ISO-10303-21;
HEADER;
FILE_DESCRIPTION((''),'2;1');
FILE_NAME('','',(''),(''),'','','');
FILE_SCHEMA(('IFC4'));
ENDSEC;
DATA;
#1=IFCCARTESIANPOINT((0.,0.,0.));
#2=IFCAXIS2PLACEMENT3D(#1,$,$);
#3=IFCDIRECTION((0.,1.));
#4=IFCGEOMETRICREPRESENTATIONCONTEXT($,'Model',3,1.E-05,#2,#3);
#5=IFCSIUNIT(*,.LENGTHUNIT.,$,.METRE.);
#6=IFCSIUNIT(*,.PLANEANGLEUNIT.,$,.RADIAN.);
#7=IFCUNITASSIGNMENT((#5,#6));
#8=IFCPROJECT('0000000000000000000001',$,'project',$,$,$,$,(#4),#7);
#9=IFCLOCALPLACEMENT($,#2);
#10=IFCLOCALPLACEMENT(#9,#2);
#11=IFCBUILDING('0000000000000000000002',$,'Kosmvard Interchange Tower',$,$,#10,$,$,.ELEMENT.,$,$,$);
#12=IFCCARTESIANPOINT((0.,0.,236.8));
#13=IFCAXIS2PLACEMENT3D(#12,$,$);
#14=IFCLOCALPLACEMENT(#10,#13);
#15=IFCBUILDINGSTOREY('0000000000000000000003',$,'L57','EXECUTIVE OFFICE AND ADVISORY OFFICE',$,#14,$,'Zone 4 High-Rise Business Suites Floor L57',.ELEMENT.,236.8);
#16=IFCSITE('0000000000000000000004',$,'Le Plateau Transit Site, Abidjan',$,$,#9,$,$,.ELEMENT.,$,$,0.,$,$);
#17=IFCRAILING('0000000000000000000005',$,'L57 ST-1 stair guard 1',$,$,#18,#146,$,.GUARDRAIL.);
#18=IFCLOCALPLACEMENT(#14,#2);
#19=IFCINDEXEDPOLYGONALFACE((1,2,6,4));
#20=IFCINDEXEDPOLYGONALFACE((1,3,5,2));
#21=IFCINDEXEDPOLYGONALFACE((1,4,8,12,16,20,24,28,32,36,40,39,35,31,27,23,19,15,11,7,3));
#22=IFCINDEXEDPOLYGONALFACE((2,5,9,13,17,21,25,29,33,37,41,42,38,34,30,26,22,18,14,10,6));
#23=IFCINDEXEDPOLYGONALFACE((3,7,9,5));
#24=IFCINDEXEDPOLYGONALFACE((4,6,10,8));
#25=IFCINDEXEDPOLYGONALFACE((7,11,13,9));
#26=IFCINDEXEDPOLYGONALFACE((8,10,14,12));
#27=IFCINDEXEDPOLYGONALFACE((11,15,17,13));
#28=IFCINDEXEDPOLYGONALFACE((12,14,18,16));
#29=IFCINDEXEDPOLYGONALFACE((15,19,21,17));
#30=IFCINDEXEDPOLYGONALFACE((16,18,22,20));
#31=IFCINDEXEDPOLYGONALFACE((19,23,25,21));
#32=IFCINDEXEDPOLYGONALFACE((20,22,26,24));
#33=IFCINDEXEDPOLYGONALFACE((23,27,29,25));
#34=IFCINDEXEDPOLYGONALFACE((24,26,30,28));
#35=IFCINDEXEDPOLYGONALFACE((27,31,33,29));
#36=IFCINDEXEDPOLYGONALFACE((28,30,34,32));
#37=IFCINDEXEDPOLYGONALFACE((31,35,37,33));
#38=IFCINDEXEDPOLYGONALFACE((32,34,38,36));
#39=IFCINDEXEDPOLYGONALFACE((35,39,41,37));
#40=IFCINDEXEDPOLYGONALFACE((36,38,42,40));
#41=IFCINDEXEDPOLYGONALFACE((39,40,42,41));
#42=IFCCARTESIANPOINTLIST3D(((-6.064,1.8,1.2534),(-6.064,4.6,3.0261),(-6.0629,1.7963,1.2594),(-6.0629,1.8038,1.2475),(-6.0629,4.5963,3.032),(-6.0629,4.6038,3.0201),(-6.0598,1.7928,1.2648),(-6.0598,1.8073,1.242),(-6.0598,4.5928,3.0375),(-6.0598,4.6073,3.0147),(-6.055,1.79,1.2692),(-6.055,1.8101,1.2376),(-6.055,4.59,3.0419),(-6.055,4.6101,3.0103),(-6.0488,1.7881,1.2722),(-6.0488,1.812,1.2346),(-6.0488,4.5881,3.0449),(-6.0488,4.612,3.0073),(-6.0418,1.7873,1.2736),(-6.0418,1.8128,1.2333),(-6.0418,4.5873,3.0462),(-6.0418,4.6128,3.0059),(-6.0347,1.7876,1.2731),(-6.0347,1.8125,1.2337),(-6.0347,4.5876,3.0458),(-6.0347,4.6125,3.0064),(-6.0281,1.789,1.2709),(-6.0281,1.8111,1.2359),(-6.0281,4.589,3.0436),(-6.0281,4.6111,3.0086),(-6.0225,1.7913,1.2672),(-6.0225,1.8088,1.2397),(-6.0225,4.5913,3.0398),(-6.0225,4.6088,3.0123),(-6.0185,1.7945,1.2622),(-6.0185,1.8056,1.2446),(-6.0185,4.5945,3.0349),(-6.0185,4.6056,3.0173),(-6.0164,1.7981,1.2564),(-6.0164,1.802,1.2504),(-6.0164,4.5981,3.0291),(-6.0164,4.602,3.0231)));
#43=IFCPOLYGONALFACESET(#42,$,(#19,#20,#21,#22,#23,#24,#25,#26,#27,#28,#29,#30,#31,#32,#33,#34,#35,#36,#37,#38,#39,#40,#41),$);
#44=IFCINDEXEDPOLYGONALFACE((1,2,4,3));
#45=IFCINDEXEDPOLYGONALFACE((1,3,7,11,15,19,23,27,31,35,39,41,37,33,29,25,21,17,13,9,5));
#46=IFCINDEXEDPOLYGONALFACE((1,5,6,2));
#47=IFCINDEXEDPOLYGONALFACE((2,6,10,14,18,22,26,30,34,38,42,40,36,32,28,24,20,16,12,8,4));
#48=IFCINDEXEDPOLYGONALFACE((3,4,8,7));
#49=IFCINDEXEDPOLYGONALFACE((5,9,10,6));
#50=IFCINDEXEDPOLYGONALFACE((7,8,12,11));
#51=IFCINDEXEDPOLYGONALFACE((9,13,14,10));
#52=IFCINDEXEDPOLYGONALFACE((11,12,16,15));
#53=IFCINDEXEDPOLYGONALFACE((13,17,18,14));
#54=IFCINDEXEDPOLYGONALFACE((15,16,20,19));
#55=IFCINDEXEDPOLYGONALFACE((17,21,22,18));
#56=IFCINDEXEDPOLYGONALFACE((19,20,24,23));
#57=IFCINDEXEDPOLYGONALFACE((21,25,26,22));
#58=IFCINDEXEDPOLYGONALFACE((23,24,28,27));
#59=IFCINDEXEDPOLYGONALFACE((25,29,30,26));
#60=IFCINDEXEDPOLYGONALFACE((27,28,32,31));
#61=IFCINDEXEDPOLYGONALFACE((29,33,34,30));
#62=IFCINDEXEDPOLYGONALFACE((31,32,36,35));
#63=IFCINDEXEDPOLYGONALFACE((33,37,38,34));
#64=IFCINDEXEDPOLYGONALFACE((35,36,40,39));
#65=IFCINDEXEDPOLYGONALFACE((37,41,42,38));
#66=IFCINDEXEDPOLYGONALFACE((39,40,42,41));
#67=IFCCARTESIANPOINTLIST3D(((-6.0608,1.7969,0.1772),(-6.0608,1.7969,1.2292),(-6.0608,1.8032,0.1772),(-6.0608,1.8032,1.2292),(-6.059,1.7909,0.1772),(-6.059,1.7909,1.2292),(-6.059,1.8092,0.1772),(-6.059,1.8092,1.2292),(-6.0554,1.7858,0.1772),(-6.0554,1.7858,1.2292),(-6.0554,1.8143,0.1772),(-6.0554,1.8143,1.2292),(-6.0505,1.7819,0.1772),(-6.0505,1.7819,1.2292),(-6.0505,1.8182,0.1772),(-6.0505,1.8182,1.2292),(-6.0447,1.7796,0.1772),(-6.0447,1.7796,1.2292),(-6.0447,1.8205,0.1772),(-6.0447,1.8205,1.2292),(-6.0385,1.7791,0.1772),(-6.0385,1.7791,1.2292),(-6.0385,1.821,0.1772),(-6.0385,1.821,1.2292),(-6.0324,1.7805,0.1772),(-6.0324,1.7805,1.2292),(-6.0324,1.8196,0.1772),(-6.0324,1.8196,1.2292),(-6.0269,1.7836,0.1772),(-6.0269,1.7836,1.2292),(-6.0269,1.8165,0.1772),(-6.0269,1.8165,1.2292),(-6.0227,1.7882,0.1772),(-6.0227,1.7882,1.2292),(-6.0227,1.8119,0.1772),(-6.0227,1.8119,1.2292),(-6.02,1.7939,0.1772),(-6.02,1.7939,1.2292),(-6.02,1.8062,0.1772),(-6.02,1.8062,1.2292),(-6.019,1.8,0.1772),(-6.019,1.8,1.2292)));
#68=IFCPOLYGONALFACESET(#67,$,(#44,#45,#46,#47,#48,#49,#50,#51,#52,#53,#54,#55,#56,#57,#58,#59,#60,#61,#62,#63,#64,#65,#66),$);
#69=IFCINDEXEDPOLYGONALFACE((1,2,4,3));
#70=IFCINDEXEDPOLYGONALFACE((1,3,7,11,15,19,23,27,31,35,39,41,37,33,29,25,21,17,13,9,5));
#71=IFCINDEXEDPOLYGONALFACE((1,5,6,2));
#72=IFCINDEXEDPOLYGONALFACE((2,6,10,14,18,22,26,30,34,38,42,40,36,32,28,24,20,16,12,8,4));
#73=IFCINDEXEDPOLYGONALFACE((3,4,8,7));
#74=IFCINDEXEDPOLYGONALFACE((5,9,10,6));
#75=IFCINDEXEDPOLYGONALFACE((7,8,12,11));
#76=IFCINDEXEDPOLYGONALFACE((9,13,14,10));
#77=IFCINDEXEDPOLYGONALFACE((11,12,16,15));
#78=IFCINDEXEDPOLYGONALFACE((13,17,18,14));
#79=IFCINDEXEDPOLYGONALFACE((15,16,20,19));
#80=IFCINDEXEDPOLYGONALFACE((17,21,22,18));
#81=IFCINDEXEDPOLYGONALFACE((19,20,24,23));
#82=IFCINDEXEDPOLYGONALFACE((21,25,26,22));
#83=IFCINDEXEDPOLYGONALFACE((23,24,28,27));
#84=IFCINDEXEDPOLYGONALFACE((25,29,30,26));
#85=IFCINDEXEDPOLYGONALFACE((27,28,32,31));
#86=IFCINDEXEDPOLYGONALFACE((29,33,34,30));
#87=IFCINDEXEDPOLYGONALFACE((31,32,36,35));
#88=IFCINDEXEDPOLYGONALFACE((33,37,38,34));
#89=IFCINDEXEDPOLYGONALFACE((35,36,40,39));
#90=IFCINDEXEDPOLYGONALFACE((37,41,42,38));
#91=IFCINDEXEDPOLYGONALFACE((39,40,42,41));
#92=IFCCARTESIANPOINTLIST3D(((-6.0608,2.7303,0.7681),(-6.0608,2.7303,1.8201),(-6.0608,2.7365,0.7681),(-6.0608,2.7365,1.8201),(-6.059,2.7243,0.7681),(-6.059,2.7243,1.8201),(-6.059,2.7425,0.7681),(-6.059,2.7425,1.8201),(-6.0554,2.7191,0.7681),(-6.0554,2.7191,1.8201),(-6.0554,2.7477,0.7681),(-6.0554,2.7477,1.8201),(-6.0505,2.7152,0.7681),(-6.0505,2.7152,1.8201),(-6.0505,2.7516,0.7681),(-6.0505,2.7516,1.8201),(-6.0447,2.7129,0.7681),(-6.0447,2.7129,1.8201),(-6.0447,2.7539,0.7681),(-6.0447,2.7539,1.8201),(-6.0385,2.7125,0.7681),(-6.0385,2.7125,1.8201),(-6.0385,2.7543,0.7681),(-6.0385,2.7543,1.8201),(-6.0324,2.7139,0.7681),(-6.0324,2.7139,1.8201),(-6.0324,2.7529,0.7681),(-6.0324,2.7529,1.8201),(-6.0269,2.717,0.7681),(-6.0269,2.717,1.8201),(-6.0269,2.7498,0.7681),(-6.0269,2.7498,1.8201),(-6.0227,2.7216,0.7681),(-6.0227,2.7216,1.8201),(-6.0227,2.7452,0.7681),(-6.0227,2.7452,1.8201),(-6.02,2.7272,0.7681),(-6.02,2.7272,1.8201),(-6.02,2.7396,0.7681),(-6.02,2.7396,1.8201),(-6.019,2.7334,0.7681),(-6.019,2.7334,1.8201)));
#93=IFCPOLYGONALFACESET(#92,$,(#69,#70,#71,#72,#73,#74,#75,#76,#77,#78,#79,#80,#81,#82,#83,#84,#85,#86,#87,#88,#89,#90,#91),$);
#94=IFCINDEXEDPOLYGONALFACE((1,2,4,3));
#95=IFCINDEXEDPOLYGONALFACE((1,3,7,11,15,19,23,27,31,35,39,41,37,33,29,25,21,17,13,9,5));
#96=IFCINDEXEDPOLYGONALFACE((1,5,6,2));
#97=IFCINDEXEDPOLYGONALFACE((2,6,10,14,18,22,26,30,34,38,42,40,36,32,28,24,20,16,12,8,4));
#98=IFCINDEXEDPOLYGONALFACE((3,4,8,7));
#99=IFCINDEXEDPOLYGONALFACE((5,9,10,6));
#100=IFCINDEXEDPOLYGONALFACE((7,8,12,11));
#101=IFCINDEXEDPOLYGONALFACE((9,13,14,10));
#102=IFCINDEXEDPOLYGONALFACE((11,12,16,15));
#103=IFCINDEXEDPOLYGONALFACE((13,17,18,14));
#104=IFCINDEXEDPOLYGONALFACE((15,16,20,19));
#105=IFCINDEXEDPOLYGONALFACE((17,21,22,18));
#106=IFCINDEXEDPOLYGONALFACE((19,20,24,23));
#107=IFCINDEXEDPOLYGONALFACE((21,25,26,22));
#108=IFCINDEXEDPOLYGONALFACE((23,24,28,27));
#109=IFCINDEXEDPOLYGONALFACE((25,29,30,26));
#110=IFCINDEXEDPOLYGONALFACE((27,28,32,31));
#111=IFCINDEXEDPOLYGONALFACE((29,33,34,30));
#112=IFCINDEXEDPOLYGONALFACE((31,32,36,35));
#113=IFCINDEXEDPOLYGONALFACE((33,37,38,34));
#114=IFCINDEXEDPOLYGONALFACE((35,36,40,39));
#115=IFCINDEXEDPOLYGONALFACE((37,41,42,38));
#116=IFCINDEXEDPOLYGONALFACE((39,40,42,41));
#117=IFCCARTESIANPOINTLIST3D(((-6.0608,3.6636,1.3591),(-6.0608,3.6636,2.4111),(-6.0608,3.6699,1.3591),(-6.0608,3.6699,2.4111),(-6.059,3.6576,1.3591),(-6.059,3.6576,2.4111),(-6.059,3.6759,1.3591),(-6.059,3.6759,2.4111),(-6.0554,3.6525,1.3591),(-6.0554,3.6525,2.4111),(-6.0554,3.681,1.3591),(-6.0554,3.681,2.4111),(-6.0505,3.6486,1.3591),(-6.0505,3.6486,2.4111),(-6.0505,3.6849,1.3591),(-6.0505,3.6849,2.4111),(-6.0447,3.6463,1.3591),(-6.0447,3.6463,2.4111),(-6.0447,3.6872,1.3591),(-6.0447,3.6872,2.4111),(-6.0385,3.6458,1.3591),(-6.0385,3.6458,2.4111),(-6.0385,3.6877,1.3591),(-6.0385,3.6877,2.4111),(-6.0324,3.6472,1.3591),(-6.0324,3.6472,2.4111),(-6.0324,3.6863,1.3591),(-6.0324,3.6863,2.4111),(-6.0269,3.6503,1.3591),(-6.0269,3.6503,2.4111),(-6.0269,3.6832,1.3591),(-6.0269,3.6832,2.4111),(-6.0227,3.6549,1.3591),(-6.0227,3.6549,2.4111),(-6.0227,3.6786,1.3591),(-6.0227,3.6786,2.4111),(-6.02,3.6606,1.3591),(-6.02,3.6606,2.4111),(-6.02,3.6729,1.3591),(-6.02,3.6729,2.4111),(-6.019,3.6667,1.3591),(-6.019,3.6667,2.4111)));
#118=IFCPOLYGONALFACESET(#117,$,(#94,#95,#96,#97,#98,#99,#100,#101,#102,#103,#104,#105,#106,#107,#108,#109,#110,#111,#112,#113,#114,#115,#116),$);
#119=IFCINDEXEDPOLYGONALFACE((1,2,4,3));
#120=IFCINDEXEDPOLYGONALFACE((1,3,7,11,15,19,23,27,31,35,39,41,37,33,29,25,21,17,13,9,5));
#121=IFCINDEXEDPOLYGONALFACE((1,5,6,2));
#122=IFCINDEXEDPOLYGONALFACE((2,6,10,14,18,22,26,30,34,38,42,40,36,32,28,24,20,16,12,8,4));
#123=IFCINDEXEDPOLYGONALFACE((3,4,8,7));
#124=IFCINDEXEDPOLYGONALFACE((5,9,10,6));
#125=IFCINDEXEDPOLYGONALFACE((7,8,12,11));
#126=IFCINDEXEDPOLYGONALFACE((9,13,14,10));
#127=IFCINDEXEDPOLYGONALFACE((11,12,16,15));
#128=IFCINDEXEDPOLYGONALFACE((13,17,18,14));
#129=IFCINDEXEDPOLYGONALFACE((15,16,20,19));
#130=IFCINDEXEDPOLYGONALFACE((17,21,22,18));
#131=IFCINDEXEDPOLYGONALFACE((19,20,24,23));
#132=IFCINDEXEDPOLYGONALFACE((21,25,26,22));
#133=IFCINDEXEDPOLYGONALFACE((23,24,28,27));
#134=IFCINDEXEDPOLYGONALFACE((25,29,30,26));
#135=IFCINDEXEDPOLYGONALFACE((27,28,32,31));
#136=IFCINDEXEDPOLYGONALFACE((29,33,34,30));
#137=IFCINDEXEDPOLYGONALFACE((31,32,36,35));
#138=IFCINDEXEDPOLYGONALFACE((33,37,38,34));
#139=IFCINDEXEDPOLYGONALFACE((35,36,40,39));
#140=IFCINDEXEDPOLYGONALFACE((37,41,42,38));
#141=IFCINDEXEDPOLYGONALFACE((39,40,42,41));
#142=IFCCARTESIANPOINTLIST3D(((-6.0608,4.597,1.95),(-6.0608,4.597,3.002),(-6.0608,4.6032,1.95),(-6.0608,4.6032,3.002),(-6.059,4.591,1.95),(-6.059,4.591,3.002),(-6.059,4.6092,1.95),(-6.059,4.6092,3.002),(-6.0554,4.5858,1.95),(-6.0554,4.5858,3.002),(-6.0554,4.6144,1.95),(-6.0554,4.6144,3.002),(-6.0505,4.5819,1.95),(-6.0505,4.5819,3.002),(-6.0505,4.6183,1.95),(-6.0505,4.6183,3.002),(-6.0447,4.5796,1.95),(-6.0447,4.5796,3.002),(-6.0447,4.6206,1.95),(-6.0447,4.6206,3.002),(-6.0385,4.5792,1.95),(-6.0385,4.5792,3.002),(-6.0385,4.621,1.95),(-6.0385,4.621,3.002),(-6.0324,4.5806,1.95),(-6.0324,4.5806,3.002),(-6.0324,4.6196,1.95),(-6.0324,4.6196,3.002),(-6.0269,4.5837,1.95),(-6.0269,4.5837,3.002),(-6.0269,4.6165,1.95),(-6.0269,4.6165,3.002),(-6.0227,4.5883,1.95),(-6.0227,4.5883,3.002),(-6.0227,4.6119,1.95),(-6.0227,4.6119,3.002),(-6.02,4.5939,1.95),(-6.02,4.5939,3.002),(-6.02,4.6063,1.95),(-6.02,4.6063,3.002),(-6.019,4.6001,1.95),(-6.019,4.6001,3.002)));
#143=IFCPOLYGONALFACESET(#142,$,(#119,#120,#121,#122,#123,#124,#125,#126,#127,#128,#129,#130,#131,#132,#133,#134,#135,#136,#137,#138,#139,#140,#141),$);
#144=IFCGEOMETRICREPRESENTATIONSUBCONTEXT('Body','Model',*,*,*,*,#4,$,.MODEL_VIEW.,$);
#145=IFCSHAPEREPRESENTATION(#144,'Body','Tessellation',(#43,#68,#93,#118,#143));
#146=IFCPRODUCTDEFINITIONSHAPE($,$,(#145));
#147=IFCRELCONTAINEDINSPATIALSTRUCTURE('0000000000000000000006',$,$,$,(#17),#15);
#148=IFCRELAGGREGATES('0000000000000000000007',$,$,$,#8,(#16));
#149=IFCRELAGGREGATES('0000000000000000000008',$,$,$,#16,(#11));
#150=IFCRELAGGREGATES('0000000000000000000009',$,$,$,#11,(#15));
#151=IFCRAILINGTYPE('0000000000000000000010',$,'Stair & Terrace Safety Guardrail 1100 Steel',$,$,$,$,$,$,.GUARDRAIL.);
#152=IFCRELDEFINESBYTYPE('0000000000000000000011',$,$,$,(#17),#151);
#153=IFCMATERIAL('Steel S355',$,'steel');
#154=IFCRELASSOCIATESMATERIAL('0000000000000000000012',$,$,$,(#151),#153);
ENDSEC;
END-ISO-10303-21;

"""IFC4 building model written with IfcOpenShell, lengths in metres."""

from ifc_helpers import new_model, si_unit, direction, frame, origin, origin_2d, place, context, subcontext, project, spatial, circle, extrude, source, transform, mapped, material, type_object, element, save


model = new_model("IFC4")

# Units and contexts
model_context = context("Model", 3, precision=1e-05, world=origin(), true_north=direction((0.0, 1.0)))
body_context = subcontext(model_context, "Body", "Model", "MODEL_VIEW")
ifc_project = project(units=[si_unit("LENGTHUNIT", "METRE"), si_unit("PLANEANGLEUNIT", "RADIAN")], contexts=[model_context])

# Site, building, storey
site_placement = place(None, origin())
site = spatial("IfcSite", under=ifc_project, at=site_placement, Name="Le Plateau Transit Site, Abidjan", CompositionType="ELEMENT", RefElevation=0.0)
building_placement = place(site_placement, origin())
building = spatial("IfcBuilding", under=site, at=building_placement, Name="Kosmvard Interchange Tower", CompositionType="ELEMENT")
storey_placement = place(building_placement, frame((0.0, 0.0, 236.8)))
storey = spatial("IfcBuildingStorey", under=building, at=storey_placement, Name="L57", Description="EXECUTIVE OFFICE AND ADVISORY OFFICE", LongName="Zone 4 High-Rise Business Suites Floor L57", CompositionType="ELEMENT", Elevation=236.8)

# Railing
ifc_material_1 = material(Name="Steel S355", Category="steel")
railing_type = type_object("IfcRailingType", Name="Stair & Terrace Safety Guardrail 1100 Steel", PredefinedType="GUARDRAIL", material=ifc_material_1)
shared_shape_1 = source(origin(), body_context, "Body", "SweptSolid", [
    extrude(circle(Radius=0.0239, at=origin_2d()), frame((0.0, 0.0, 1.0762), z_axis=(0.0, 0.844909, 0.53491), x_axis=(-1.0, 0.0, 0.0)), (0.0, 0.0, 1.0), 3.314),
    extrude(circle(Radius=0.021, at=origin_2d()), origin(), (0.0, 0.0, 1.0), 1.052),
    extrude(circle(Radius=0.021, at=origin_2d()), frame((0.0, 0.9333, 0.5908)), (0.0, 0.0, 1.0), 1.052),
    extrude(circle(Radius=0.021, at=origin_2d()), frame((0.0, 1.8667, 1.1819)), (0.0, 0.0, 1.0), 1.052),
    extrude(circle(Radius=0.021, at=origin_2d()), frame((0.0, 2.8, 1.7727)), (0.0, 0.0, 1.0), 1.052),
])
railing_1_placement = place(storey_placement, frame((-6.04, 1.8, 0.1772)))
element("IfcRailing", 1, at=railing_1_placement, inside=storey, type_object=railing_type, Name="L57 ST-1 stair guard 1", PredefinedType="GUARDRAIL", context=body_context, shape_type="MappedRepresentation", body=[
    mapped(shared_shape_1, transform((0.0, 0.0, 0.0), scale=1.0)),
])

save(model, "model.ifc")
